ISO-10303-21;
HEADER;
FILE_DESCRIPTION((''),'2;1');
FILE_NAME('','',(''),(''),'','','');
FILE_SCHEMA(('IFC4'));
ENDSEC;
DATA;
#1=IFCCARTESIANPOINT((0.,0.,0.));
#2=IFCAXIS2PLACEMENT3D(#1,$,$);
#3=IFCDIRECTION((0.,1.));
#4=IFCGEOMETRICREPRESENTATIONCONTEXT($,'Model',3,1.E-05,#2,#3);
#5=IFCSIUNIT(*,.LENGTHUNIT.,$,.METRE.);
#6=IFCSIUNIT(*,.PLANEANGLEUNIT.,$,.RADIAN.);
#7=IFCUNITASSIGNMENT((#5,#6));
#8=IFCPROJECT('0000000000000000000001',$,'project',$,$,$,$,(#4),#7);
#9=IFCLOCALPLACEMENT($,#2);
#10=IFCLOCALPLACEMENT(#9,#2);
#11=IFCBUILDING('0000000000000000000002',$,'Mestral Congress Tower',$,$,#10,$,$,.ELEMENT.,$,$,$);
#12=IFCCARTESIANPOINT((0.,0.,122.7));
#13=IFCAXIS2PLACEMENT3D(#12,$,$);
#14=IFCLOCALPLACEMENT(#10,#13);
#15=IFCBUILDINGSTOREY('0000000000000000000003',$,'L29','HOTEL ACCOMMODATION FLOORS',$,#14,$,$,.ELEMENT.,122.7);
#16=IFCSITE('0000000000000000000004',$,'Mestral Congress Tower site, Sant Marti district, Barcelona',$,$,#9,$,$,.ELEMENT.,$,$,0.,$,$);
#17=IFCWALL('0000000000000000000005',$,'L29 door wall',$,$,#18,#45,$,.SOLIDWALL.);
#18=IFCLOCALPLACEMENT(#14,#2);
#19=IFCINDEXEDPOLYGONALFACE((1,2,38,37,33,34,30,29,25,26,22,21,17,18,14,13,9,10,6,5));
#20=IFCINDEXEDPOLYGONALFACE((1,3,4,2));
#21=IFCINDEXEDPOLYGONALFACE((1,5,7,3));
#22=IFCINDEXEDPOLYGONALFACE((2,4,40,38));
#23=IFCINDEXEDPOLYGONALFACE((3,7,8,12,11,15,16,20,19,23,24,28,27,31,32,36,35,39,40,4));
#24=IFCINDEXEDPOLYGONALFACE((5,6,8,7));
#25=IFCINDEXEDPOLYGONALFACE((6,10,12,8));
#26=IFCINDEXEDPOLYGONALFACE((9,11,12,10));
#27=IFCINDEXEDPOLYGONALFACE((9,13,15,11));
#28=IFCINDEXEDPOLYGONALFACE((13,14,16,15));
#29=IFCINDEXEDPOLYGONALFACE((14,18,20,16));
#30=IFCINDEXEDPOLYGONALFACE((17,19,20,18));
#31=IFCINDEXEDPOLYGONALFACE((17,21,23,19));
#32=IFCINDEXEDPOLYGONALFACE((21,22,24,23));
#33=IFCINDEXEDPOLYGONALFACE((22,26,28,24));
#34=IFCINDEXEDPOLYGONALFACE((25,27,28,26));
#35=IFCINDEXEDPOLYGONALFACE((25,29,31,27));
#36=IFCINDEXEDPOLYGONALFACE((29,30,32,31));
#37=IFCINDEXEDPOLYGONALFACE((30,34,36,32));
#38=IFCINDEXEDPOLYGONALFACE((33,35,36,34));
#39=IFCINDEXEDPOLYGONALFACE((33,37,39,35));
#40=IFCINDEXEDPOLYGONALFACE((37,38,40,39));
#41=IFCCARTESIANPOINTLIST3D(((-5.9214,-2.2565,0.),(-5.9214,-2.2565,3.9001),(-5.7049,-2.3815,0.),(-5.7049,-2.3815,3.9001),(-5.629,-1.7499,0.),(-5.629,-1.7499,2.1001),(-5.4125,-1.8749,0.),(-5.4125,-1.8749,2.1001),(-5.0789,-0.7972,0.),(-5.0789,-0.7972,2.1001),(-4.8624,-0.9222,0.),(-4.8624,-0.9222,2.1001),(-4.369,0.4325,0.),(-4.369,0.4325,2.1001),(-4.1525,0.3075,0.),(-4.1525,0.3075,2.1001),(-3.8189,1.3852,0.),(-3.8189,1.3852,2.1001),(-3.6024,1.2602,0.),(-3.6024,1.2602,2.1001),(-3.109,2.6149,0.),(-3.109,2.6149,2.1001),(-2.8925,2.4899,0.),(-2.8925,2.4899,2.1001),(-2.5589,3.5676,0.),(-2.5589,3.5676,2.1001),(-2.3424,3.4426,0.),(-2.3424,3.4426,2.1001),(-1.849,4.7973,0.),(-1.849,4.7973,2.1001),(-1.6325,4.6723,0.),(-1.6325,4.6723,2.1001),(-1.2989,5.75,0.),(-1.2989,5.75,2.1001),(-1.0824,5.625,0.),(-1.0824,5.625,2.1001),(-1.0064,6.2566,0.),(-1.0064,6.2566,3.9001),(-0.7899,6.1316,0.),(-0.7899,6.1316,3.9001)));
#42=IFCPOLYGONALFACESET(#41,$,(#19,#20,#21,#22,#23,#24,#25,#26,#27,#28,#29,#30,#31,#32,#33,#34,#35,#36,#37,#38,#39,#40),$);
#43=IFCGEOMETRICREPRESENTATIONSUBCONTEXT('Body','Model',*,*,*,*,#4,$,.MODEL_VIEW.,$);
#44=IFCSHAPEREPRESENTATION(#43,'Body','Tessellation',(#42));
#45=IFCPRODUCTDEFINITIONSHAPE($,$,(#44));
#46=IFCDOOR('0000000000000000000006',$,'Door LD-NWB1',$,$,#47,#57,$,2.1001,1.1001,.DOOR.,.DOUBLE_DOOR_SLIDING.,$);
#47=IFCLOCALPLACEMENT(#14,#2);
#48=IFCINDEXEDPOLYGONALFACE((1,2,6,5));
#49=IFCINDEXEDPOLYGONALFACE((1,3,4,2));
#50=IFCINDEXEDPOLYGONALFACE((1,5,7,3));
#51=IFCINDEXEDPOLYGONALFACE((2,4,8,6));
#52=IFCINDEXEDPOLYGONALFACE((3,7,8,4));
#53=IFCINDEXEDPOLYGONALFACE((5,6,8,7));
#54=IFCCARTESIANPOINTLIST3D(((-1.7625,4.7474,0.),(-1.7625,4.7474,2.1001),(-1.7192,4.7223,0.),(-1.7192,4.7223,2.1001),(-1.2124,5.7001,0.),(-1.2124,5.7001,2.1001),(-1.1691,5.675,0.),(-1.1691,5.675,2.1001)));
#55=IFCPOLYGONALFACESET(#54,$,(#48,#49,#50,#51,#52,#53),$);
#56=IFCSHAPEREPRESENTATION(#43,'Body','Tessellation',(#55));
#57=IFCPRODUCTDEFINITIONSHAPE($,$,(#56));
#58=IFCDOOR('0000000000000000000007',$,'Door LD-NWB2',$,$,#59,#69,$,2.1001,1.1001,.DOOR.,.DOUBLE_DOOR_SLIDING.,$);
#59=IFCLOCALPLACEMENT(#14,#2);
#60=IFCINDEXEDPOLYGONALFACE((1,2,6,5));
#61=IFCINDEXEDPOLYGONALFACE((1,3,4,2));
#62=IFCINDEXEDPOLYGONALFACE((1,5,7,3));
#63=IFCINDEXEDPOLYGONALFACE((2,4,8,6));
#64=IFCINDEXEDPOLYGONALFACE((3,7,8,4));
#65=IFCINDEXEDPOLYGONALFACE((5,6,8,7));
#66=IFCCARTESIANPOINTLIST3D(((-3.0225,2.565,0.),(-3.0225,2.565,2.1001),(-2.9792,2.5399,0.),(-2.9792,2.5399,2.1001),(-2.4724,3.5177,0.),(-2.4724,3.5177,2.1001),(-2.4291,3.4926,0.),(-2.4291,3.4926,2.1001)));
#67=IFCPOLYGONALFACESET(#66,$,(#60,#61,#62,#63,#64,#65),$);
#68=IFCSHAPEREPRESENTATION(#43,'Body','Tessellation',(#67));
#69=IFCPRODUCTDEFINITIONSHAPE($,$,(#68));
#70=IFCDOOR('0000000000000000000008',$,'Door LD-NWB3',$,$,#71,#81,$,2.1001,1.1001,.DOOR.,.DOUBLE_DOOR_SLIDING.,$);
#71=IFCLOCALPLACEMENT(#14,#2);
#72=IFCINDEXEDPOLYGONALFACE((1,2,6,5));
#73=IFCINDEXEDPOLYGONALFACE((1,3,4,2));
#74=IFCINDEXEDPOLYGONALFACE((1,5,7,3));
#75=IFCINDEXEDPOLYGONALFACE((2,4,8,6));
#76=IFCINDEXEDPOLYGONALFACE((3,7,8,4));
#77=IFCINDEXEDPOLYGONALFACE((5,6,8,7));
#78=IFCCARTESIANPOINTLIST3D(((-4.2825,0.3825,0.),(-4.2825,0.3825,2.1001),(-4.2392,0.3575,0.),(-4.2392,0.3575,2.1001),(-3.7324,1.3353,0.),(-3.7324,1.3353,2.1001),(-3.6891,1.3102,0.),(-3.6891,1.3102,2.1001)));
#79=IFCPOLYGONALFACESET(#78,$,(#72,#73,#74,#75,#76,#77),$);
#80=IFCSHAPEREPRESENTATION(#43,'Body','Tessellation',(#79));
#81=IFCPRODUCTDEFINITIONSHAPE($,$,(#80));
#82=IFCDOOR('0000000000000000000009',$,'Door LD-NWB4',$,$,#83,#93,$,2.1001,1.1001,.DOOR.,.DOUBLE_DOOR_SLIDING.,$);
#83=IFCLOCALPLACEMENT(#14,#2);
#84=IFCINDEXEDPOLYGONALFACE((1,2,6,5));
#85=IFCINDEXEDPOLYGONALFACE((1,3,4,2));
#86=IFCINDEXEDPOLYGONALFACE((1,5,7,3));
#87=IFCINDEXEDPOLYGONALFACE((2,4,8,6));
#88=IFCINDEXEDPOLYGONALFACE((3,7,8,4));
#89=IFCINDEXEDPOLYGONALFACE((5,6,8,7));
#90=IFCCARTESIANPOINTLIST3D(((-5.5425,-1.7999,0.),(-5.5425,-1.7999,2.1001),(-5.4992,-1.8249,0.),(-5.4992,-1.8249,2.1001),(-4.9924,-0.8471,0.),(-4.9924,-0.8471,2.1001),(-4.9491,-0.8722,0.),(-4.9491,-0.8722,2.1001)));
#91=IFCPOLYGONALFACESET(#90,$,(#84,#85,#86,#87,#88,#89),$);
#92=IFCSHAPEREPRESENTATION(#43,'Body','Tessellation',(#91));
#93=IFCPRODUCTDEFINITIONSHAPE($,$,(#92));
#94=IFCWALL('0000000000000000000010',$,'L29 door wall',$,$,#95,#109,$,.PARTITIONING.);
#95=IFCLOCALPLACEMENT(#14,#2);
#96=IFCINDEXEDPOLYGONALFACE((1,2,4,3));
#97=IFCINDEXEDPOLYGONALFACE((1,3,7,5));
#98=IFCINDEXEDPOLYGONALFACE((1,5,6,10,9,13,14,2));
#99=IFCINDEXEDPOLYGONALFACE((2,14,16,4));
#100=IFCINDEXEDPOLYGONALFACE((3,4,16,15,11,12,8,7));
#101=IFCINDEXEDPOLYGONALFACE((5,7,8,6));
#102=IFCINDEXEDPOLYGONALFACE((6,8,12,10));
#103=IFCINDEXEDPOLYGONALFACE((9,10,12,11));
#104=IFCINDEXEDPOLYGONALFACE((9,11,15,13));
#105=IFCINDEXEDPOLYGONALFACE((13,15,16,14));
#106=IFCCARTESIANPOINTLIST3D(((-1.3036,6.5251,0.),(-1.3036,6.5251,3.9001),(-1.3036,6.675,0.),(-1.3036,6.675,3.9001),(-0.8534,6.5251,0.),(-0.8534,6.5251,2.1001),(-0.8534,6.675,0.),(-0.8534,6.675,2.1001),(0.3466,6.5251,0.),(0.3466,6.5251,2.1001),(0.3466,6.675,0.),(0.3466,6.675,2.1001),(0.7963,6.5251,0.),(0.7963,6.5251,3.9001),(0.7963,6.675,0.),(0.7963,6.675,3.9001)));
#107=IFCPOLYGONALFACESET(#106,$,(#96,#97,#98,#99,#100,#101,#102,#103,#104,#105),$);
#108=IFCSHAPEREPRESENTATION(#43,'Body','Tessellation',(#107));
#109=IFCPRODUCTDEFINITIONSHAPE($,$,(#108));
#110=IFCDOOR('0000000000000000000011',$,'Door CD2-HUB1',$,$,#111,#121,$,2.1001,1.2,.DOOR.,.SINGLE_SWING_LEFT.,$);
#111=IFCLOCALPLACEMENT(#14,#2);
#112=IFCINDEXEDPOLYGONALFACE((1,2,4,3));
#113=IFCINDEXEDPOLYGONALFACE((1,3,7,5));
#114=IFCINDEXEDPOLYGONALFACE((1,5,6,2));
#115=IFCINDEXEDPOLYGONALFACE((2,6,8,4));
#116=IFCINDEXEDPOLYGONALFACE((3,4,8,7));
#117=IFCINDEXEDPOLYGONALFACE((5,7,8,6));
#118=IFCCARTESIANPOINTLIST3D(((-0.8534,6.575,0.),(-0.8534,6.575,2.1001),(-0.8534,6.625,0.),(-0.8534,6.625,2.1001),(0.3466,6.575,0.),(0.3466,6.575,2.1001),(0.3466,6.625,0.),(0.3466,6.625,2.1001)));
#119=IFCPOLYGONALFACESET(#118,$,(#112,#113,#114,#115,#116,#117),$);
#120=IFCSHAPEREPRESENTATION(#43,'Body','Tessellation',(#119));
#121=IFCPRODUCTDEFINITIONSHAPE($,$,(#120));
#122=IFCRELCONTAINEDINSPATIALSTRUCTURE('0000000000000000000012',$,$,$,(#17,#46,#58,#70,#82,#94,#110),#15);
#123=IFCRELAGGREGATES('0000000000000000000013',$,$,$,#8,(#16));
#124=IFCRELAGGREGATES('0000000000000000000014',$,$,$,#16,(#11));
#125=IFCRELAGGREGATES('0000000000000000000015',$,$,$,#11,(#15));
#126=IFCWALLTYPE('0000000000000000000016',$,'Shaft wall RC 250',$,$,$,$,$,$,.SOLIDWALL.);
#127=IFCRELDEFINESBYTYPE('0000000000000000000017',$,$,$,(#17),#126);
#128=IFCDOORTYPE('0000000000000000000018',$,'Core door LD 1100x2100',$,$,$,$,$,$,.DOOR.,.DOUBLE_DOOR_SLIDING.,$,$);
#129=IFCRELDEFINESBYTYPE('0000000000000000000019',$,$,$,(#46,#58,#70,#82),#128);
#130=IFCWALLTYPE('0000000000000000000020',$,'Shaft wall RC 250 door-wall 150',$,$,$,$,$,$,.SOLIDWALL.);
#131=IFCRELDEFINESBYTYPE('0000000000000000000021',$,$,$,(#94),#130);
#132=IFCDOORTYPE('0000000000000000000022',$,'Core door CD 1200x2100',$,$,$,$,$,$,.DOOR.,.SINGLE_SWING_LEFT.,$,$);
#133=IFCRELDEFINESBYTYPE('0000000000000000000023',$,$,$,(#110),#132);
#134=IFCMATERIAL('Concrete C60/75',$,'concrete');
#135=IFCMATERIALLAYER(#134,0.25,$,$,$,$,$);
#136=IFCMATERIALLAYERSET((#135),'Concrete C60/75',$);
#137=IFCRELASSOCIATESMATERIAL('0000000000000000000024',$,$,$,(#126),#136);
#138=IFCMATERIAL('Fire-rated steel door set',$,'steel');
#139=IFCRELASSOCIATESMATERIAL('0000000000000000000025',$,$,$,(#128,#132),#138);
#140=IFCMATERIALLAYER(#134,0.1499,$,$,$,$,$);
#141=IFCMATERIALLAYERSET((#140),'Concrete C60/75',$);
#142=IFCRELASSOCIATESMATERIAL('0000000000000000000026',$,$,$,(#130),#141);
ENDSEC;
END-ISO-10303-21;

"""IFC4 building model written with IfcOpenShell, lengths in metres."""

from ifc_helpers import new_model, si_unit, direction, frame, frame_2d, origin, place, context, subcontext, project, spatial, rectangle, extrude, material, layer, layer_set, type_object, element, fill, save


model = new_model("IFC4")

# Units and contexts
model_context = context("Model", 3, precision=1e-05, world=origin(), true_north=direction((0.0, 1.0)))
body_context = subcontext(model_context, "Body", "Model", "MODEL_VIEW")
ifc_project = project(units=[si_unit("LENGTHUNIT", "METRE"), si_unit("PLANEANGLEUNIT", "RADIAN")], contexts=[model_context])

# Site, building, storey
site_placement = place(None, origin())
site = spatial("IfcSite", under=ifc_project, at=site_placement, Name="Mestral Congress Tower site, Sant Marti district, Barcelona", CompositionType="ELEMENT", RefElevation=0.0)
building_placement = place(site_placement, origin())
building = spatial("IfcBuilding", under=site, at=building_placement, Name="Mestral Congress Tower", CompositionType="ELEMENT")
storey_placement = place(building_placement, frame((0.0, 0.0, 122.7)))
storey = spatial("IfcBuildingStorey", under=building, at=storey_placement, Name="L29", Description="HOTEL ACCOMMODATION FLOORS", CompositionType="ELEMENT", Elevation=122.7)

# Shared definitions
ifc_material_1 = material(Name="Concrete C60/75", Category="concrete")

# Shared definitions
ifc_layer_1 = layer(ifc_material_1, 0.25)
ifc_layer_set_1 = layer_set([ifc_layer_1], Name="Concrete C60/75")
wall_type_1 = type_object("IfcWallType", Name="Shaft wall RC 250", PredefinedType="SOLIDWALL", material=ifc_layer_set_1)

# Wall, openings, doors
wall_1_placement = place(storey_placement, frame((-0.8982, 6.1941, 0.0), z_axis=(0.0, 0.0, 1.0), x_axis=(-0.499996, -0.866028, 0.0)))
wall_1 = element("IfcWall", 1, at=wall_1_placement, inside=storey, type_object=wall_type_1, Name="L29 door wall", PredefinedType="SOLIDWALL", context=body_context, shape_type="SweptSolid", body=[
    extrude(rectangle(XDim=9.8301, YDim=0.25, at=frame_2d((4.915, 0.0))), origin(), (0.0, 0.0, 1.0), 3.9001),
])
opening_1_placement = place(wall_1_placement, frame((0.585, 0.0, 0.0)))
opening_1 = element("IfcOpeningElement", 2, at=opening_1_placement, cuts=wall_1, PredefinedType="OPENING", context=body_context, shape_type="SweptSolid", body=[
    extrude(rectangle(XDim=1.1001, YDim=2.1001, at=frame_2d((0.55, 1.05))), frame((0.0, 0.135, 0.0), z_axis=(0.0, -1.0, 0.0), x_axis=(1.0, 0.0, 0.0)), (0.0, 0.0, 1.0), 0.27),
])
opening_2_placement = place(wall_1_placement, frame((3.105, 0.0, 0.0)))
opening_2 = element("IfcOpeningElement", 3, at=opening_2_placement, cuts=wall_1, PredefinedType="OPENING", context=body_context, shape_type="SweptSolid", body=[
    extrude(rectangle(XDim=1.1001, YDim=2.1001, at=frame_2d((0.55, 1.05))), frame((0.0, 0.135, 0.0), z_axis=(0.0, -1.0, 0.0), x_axis=(1.0, 0.0, 0.0)), (0.0, 0.0, 1.0), 0.27),
])
opening_3_placement = place(wall_1_placement, frame((5.625, 0.0, 0.0)))
opening_3 = element("IfcOpeningElement", 4, at=opening_3_placement, cuts=wall_1, PredefinedType="OPENING", context=body_context, shape_type="SweptSolid", body=[
    extrude(rectangle(XDim=1.1001, YDim=2.1001, at=frame_2d((0.55, 1.05))), frame((0.0, 0.135, 0.0), z_axis=(0.0, -1.0, 0.0), x_axis=(1.0, 0.0, 0.0)), (0.0, 0.0, 1.0), 0.27),
])
opening_4_placement = place(wall_1_placement, frame((8.145, 0.0, 0.0)))
opening_4 = element("IfcOpeningElement", 5, at=opening_4_placement, cuts=wall_1, PredefinedType="OPENING", context=body_context, shape_type="SweptSolid", body=[
    extrude(rectangle(XDim=1.1001, YDim=2.1001, at=frame_2d((0.55, 1.05))), frame((0.0, 0.135, 0.0), z_axis=(0.0, -1.0, 0.0), x_axis=(1.0, 0.0, 0.0)), (0.0, 0.0, 1.0), 0.27),
])
ifc_material_2 = material(Name="Fire-rated steel door set", Category="steel")
door_type_1 = type_object("IfcDoorType", Name="Core door LD 1100x2100", OperationType="DOUBLE_DOOR_SLIDING", PredefinedType="DOOR", material=ifc_material_2)
door_1_placement = place(opening_1_placement, origin())
door_1 = element("IfcDoor", 6, at=door_1_placement, inside=storey, type_object=door_type_1, Name="Door LD-NWB1", OperationType="DOUBLE_DOOR_SLIDING", OverallHeight=2.1001, OverallWidth=1.1001, PredefinedType="DOOR", context=body_context, shape_type="SweptSolid", body=[
    extrude(rectangle(XDim=1.1001, YDim=2.1001, at=frame_2d((0.55, 1.05))), frame((0.0, 0.0249, 0.0), z_axis=(0.0, -1.0, 0.0), x_axis=(1.0, 0.0, 0.0)), (0.0, 0.0, 1.0), 0.05),
])
fill(opening_1, door_1)
door_2_placement = place(opening_2_placement, origin())
door_2 = element("IfcDoor", 7, at=door_2_placement, inside=storey, type_object=door_type_1, Name="Door LD-NWB2", OperationType="DOUBLE_DOOR_SLIDING", OverallHeight=2.1001, OverallWidth=1.1001, PredefinedType="DOOR", context=body_context, shape_type="SweptSolid", body=[
    extrude(rectangle(XDim=1.1001, YDim=2.1001, at=frame_2d((0.55, 1.05))), frame((0.0, 0.0249, 0.0), z_axis=(0.0, -1.0, 0.0), x_axis=(1.0, 0.0, 0.0)), (0.0, 0.0, 1.0), 0.05),
])
fill(opening_2, door_2)
door_3_placement = place(opening_3_placement, origin())
door_3 = element("IfcDoor", 8, at=door_3_placement, inside=storey, type_object=door_type_1, Name="Door LD-NWB3", OperationType="DOUBLE_DOOR_SLIDING", OverallHeight=2.1001, OverallWidth=1.1001, PredefinedType="DOOR", context=body_context, shape_type="SweptSolid", body=[
    extrude(rectangle(XDim=1.1001, YDim=2.1001, at=frame_2d((0.55, 1.05))), frame((0.0, 0.0249, 0.0), z_axis=(0.0, -1.0, 0.0), x_axis=(1.0, 0.0, 0.0)), (0.0, 0.0, 1.0), 0.05),
])
fill(opening_3, door_3)
door_4_placement = place(opening_4_placement, origin())
door_4 = element("IfcDoor", 9, at=door_4_placement, inside=storey, type_object=door_type_1, Name="Door LD-NWB4", OperationType="DOUBLE_DOOR_SLIDING", OverallHeight=2.1001, OverallWidth=1.1001, PredefinedType="DOOR", context=body_context, shape_type="SweptSolid", body=[
    extrude(rectangle(XDim=1.1001, YDim=2.1001, at=frame_2d((0.55, 1.05))), frame((0.0, 0.0249, 0.0), z_axis=(0.0, -1.0, 0.0), x_axis=(1.0, 0.0, 0.0)), (0.0, 0.0, 1.0), 0.05),
])
fill(opening_4, door_4)

# Wall, opening, door
ifc_layer_2 = layer(ifc_material_1, 0.1499)
ifc_layer_set_2 = layer_set([ifc_layer_2], Name="Concrete C60/75")
wall_type_2 = type_object("IfcWallType", Name="Shaft wall RC 250 door-wall 150", PredefinedType="SOLIDWALL", material=ifc_layer_set_2)
wall_2_placement = place(storey_placement, frame((-1.3035, 6.6001, 0.0), z_axis=(0.0, 0.0, 1.0), x_axis=(1.0, 0.0, 0.0)))
wall_2 = element("IfcWall", 10, at=wall_2_placement, inside=storey, type_object=wall_type_2, Name="L29 door wall", PredefinedType="PARTITIONING", context=body_context, shape_type="SweptSolid", body=[
    extrude(rectangle(XDim=2.0999, YDim=0.1499, at=frame_2d((1.0498, 0.0))), origin(), (0.0, 0.0, 1.0), 3.9001),
])
opening_5_placement = place(wall_2_placement, frame((0.45, 0.0, 0.0)))
opening_5 = element("IfcOpeningElement", 11, at=opening_5_placement, cuts=wall_2, PredefinedType="OPENING", context=body_context, shape_type="SweptSolid", body=[
    extrude(rectangle(XDim=1.2, YDim=2.1001, at=frame_2d((0.6001, 1.05))), frame((0.0, 0.085, 0.0), z_axis=(0.0, -1.0, 0.0), x_axis=(1.0, 0.0, 0.0)), (0.0, 0.0, 1.0), 0.1699),
])
door_type_2 = type_object("IfcDoorType", Name="Core door CD 1200x2100", OperationType="SINGLE_SWING_LEFT", PredefinedType="DOOR", material=ifc_material_2)
door_5_placement = place(opening_5_placement, origin())
door_5 = element("IfcDoor", 12, at=door_5_placement, inside=storey, type_object=door_type_2, Name="Door CD2-HUB1", OperationType="SINGLE_SWING_LEFT", OverallHeight=2.1001, OverallWidth=1.2, PredefinedType="DOOR", context=body_context, shape_type="SweptSolid", body=[
    extrude(rectangle(XDim=1.2, YDim=2.1001, at=frame_2d((0.6001, 1.05))), frame((0.0, 0.0249, 0.0), z_axis=(0.0, -1.0, 0.0), x_axis=(1.0, 0.0, 0.0)), (0.0, 0.0, 1.0), 0.05),
])
fill(opening_5, door_5)

save(model, "model.ifc")
